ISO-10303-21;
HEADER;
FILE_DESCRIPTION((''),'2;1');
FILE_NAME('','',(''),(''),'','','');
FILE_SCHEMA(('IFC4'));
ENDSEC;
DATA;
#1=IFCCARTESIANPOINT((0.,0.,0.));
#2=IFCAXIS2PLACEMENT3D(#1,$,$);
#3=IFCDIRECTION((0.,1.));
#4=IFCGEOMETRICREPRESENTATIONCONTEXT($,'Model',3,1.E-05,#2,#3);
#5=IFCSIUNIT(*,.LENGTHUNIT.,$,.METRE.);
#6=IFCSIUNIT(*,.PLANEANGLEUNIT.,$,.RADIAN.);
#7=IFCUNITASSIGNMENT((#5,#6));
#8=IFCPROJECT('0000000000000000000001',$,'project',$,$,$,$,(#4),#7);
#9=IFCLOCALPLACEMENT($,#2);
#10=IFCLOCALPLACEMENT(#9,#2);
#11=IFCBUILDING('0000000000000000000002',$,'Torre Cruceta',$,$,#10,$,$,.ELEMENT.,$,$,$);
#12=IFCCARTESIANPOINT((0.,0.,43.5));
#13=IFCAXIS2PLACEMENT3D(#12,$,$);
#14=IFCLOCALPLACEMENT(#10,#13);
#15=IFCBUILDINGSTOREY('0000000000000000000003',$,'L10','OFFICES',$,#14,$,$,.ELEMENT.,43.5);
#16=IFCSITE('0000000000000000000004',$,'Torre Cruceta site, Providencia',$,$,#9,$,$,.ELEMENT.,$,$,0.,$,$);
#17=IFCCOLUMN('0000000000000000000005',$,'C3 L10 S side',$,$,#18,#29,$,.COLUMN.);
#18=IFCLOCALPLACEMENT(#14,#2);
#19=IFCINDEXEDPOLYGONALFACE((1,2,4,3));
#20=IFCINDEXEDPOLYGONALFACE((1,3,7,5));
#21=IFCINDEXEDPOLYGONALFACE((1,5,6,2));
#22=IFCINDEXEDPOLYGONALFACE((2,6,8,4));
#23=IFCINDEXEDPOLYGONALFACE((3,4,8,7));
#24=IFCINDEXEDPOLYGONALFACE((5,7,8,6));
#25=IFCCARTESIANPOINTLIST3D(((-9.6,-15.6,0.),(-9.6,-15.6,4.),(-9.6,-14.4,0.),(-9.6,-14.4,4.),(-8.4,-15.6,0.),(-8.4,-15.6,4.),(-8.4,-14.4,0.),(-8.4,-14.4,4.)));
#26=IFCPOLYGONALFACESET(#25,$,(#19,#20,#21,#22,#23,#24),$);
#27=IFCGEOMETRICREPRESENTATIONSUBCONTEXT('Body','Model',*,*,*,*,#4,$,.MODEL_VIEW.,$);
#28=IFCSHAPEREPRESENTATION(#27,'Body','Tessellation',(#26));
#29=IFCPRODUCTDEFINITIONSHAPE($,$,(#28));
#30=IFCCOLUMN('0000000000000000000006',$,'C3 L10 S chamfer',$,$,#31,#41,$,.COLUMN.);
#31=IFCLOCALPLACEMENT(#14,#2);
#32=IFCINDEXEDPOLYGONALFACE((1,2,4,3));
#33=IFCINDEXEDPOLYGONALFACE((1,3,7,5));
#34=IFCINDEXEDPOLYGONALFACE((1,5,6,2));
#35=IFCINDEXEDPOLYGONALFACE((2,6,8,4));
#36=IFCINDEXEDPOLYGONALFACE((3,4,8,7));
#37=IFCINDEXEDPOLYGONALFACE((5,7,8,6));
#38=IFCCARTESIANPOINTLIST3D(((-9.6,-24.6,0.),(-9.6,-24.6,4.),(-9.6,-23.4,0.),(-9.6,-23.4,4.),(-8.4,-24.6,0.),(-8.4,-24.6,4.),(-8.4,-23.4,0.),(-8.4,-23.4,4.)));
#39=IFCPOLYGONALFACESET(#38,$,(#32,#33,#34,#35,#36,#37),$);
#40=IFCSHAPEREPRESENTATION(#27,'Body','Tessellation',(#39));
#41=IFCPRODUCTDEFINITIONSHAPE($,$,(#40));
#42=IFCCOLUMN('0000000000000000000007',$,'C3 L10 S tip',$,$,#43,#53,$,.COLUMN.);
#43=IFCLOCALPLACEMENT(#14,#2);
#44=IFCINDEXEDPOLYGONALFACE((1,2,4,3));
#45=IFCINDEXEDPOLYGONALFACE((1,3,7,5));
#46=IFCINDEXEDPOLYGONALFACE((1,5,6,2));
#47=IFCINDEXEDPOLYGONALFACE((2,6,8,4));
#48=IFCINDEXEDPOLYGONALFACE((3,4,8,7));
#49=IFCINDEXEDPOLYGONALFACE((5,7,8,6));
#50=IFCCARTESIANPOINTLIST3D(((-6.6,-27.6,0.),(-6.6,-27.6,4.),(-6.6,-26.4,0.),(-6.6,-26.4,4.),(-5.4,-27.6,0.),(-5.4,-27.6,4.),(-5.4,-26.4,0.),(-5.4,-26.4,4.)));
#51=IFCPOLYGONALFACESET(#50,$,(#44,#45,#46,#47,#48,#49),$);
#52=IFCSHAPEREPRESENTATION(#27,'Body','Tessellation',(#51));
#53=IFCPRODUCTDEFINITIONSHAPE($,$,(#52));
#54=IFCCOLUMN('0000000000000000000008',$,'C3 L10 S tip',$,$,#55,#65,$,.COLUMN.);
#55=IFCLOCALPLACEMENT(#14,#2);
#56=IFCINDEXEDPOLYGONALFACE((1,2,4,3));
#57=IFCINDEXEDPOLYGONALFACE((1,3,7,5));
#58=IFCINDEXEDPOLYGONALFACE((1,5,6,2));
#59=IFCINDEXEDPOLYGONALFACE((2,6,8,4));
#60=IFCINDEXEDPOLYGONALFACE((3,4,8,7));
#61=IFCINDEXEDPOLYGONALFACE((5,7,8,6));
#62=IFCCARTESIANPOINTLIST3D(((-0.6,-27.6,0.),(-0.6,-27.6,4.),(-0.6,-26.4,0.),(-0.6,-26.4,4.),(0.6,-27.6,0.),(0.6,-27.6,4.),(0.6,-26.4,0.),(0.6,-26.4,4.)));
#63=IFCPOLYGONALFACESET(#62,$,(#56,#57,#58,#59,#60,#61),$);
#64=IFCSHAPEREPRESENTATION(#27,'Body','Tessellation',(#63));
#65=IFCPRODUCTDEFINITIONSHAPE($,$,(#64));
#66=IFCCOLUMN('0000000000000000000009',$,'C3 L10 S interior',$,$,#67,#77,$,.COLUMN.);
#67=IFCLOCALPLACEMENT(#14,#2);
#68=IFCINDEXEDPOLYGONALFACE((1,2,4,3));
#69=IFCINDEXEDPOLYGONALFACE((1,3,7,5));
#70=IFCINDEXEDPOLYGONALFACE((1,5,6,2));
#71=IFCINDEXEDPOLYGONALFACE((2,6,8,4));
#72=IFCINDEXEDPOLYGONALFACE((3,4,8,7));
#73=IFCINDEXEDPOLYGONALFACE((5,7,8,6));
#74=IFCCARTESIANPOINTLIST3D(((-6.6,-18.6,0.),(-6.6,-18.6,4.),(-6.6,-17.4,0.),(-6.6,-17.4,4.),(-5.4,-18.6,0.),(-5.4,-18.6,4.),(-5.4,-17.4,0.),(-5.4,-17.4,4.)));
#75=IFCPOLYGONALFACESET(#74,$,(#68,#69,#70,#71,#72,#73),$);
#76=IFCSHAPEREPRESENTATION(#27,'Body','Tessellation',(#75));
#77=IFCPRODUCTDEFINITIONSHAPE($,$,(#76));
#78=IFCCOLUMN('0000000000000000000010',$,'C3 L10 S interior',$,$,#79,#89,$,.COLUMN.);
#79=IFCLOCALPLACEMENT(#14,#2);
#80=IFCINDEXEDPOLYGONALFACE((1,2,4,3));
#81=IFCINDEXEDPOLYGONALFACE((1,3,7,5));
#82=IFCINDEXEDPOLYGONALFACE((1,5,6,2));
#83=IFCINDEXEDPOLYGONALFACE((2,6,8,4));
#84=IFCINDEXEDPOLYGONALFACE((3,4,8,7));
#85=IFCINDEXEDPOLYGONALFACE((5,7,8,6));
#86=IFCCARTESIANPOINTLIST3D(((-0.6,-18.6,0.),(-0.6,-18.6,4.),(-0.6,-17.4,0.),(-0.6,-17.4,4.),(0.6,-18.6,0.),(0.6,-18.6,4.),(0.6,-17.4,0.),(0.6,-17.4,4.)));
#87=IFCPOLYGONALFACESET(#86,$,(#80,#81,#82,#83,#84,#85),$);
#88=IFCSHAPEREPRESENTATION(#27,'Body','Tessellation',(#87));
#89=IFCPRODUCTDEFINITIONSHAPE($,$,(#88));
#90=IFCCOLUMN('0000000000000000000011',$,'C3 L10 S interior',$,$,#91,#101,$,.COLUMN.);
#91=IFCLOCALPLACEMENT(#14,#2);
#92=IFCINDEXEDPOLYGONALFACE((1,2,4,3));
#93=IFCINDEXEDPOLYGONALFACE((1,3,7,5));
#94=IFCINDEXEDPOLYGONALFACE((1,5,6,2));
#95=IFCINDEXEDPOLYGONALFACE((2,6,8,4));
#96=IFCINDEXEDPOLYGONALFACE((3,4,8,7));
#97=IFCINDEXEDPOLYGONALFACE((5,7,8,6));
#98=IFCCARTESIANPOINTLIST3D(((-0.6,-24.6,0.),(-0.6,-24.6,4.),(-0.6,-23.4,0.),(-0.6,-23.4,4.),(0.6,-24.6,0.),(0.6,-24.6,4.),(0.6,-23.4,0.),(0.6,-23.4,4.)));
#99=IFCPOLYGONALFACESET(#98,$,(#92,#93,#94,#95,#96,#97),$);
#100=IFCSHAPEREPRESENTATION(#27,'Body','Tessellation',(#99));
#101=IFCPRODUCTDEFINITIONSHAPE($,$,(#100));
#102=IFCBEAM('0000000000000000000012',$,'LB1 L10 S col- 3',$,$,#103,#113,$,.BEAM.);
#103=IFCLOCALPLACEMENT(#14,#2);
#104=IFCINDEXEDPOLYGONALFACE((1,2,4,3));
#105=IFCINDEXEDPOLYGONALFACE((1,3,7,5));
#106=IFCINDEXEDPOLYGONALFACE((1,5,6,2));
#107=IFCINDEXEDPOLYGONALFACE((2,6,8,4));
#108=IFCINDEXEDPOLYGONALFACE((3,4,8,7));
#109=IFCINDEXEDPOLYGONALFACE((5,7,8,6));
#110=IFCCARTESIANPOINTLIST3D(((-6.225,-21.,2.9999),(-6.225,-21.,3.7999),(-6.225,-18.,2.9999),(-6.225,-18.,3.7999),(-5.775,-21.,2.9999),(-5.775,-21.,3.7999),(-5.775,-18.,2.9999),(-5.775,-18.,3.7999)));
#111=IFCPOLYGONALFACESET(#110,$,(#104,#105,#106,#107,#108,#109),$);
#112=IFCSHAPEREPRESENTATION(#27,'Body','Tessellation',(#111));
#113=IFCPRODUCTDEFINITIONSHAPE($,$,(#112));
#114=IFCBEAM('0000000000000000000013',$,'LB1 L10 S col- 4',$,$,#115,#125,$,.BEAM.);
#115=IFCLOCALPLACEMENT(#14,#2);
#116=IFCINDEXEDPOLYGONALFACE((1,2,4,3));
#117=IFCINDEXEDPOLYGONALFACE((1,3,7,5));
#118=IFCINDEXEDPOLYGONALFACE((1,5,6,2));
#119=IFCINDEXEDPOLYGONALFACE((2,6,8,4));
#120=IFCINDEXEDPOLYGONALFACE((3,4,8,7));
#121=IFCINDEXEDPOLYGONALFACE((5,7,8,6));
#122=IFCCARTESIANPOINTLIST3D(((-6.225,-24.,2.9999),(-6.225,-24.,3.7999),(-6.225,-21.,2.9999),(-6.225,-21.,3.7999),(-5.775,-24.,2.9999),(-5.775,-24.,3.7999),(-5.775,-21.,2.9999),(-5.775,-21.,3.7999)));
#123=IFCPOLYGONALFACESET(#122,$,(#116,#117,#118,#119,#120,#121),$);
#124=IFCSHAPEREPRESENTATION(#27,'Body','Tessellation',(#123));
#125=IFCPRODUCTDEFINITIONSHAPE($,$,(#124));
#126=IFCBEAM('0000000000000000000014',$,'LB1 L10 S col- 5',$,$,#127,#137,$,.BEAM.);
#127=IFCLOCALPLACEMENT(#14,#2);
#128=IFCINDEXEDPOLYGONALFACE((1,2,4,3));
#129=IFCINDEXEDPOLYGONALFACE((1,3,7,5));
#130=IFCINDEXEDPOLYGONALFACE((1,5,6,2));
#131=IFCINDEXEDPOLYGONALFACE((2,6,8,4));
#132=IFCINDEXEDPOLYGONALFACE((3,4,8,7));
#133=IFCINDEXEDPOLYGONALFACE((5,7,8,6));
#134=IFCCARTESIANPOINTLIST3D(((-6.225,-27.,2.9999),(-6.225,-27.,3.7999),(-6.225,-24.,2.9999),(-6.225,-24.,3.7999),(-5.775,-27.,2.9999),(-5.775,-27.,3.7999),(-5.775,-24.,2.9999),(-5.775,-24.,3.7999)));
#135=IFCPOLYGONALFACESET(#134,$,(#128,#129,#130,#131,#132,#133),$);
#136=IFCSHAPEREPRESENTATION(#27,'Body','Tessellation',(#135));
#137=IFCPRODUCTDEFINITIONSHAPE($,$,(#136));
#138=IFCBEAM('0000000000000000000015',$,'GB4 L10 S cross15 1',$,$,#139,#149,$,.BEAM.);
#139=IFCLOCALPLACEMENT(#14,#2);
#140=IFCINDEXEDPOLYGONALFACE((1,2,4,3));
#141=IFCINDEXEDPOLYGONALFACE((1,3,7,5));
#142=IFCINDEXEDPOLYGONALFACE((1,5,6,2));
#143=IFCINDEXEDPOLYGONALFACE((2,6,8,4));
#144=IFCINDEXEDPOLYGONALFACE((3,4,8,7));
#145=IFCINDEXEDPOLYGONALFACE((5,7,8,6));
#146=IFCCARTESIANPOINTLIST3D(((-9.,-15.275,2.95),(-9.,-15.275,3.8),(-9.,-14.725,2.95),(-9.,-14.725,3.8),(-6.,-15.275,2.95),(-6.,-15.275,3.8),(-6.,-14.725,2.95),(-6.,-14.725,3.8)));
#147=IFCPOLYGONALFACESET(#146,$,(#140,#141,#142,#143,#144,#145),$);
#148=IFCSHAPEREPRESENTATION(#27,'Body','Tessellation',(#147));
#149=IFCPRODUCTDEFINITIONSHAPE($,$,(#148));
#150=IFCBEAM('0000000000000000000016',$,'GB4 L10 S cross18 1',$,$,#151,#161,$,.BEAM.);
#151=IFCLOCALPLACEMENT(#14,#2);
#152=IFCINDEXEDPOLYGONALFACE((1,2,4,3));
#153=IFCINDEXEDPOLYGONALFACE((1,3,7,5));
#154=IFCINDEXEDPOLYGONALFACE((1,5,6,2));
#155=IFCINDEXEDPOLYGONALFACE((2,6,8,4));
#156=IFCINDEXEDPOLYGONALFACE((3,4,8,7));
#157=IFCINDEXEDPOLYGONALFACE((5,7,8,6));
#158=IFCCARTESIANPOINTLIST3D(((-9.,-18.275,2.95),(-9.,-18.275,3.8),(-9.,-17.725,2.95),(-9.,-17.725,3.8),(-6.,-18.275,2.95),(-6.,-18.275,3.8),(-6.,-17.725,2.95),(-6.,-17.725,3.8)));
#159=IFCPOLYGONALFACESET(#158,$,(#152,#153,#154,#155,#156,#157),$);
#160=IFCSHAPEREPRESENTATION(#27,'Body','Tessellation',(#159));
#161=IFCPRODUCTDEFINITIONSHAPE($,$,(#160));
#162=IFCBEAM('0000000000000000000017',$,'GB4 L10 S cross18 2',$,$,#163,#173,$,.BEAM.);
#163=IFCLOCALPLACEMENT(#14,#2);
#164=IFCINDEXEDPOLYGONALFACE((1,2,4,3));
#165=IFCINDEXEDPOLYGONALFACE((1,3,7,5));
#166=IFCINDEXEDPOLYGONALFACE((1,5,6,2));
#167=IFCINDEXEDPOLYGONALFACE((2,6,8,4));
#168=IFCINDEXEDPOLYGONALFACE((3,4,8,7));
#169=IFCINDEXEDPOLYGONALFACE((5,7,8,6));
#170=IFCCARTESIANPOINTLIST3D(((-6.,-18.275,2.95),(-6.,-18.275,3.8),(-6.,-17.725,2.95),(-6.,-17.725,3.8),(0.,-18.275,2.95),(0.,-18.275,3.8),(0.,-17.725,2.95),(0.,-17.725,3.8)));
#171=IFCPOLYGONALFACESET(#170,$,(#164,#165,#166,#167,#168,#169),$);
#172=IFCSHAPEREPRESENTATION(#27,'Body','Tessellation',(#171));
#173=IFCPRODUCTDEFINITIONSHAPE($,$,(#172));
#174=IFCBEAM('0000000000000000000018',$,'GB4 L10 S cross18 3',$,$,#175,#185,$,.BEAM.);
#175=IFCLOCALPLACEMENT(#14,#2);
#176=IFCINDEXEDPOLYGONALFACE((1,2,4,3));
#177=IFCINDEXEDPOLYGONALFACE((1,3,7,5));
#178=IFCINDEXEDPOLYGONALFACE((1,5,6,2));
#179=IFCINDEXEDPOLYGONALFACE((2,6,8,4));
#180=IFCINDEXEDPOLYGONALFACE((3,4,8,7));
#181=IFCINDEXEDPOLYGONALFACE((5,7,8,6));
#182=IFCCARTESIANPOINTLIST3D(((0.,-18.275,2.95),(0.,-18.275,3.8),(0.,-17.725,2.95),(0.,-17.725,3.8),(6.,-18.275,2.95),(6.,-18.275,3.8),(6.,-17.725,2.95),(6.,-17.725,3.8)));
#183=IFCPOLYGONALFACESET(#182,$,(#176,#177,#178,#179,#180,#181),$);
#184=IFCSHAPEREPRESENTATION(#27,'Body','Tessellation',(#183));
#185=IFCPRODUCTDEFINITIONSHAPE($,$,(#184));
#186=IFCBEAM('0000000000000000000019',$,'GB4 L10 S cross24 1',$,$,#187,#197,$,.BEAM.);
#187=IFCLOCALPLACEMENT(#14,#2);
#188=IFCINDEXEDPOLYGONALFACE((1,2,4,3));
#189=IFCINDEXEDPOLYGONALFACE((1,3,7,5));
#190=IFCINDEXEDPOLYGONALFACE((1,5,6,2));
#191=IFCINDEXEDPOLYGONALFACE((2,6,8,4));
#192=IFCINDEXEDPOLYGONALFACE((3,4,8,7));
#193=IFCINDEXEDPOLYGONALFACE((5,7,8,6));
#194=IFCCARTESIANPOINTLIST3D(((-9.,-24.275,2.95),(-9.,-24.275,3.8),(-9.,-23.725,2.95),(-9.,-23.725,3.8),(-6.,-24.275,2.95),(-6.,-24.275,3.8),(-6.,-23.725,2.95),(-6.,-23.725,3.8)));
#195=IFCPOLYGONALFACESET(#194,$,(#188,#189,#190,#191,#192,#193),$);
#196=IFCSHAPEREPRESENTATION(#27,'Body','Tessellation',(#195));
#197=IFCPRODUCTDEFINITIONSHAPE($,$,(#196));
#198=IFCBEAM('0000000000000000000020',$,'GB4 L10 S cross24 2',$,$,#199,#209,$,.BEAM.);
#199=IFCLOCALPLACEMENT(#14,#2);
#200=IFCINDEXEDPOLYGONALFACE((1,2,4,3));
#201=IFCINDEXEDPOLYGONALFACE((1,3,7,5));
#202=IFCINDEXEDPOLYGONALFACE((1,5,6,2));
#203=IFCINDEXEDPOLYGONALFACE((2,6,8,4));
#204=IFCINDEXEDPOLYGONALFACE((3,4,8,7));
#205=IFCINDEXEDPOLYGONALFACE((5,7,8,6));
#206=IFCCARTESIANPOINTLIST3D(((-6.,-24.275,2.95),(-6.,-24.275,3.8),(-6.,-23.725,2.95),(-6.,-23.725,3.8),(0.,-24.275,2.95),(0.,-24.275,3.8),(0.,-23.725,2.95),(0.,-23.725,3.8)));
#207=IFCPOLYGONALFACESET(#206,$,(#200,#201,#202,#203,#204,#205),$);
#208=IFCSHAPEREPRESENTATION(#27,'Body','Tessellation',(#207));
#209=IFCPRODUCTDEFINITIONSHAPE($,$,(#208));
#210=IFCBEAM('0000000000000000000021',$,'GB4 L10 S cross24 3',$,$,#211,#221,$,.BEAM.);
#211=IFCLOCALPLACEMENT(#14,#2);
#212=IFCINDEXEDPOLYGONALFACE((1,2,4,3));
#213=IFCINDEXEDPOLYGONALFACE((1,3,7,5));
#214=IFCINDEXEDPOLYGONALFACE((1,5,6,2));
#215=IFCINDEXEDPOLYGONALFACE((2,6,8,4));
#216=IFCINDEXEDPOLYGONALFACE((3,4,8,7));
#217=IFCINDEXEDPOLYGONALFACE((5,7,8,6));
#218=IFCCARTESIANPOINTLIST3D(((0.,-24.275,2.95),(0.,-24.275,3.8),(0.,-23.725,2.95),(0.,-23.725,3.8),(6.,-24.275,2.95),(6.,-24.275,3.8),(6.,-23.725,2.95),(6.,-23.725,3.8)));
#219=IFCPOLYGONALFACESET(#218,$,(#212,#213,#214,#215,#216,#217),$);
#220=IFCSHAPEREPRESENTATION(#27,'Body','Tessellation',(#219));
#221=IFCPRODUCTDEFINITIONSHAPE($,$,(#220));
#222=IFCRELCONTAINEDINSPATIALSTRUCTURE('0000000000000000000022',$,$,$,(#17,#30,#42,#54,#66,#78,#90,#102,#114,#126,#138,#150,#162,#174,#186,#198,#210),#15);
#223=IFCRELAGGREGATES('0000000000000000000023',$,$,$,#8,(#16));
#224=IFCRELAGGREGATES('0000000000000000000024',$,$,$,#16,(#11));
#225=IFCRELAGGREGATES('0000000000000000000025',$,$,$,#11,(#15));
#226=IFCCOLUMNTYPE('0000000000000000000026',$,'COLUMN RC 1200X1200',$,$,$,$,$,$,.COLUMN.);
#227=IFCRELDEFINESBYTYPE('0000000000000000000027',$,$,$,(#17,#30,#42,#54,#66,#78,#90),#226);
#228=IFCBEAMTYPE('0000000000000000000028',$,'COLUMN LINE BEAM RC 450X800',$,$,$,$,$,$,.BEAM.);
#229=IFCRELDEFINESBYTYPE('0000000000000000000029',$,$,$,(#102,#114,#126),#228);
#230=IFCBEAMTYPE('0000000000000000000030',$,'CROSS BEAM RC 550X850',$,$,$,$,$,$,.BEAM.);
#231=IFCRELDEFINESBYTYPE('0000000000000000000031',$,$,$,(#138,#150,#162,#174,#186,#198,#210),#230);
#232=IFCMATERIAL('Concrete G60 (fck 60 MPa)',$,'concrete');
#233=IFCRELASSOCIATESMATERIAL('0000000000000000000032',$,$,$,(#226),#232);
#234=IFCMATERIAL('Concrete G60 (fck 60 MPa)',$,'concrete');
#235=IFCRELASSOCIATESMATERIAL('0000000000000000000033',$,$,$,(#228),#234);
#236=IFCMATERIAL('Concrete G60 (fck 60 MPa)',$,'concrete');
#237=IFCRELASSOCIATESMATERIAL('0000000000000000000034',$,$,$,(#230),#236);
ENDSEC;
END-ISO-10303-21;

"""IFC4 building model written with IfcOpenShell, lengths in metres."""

from ifc_helpers import new_model, si_unit, direction, frame, origin, origin_2d, place, context, subcontext, project, spatial, rectangle, extrude, material, material_profile, profile_set, type_object, element, save


model = new_model("IFC4")

# Units and contexts
model_context = context("Model", 3, precision=1e-05, world=origin(), true_north=direction((0.0, 1.0)))
body_context = subcontext(model_context, "Body", "Model", "MODEL_VIEW")
ifc_project = project(units=[si_unit("LENGTHUNIT", "METRE"), si_unit("PLANEANGLEUNIT", "RADIAN")], contexts=[model_context])

# Site, building, storey
site_placement = place(None, origin())
site = spatial("IfcSite", under=ifc_project, at=site_placement, Name="Torre Cruceta site, Providencia", CompositionType="ELEMENT", RefElevation=0.0)
building_placement = place(site_placement, origin())
building = spatial("IfcBuilding", under=site, at=building_placement, Name="Torre Cruceta", CompositionType="ELEMENT")
storey_placement = place(building_placement, frame((0.0, 0.0, 43.5)))
storey = spatial("IfcBuildingStorey", under=building, at=storey_placement, Name="L10", Description="OFFICES", CompositionType="ELEMENT", Elevation=43.5)

# Columns
ifc_material_1 = material(Name="Concrete G60 (fck 60 MPa)", Category="concrete")
ifc_material_profile_1 = material_profile(ifc_material_1, rectangle(XDim=1.2, YDim=1.2, at=origin_2d()), Name="RC 1200X1200")
ifc_profile_set_1 = profile_set([ifc_material_profile_1], Name="Concrete G60 (fck 60 MPa)")
column_type = type_object("IfcColumnType", Name="COLUMN RC 1200X1200", PredefinedType="COLUMN", material=ifc_profile_set_1)
for number, where, z_axis, x_axis, name in (
    (1, (-9.0, -15.0, 0.0), (0.0, 0.0, 1.0), (1.0, 0.0, 0.0), "C3 L10 S side"),
    (2, (-9.0, -24.0, 0.0), (0.0, 0.0, 1.0), (1.0, 0.0, 0.0), "C3 L10 S chamfer"),
    (3, (-6.0, -27.0, 0.0), (0.0, 0.0, 1.0), (1.0, 0.0, 0.0), "C3 L10 S tip"),
    (4, (0.0, -27.0, 0.0), (0.0, 0.0, 1.0), (1.0, 0.0, 0.0), "C3 L10 S tip"),
    (5, (-6.0, -18.0, 0.0), (0.0, 0.0, 1.0), (1.0, 0.0, 0.0), "C3 L10 S interior"),
    (6, (0.0, -18.0, 0.0), (0.0, 0.0, 1.0), (1.0, 0.0, 0.0), "C3 L10 S interior"),
    (7, (0.0, -24.0, 0.0), (0.0, 0.0, 1.0), (1.0, 0.0, 0.0), "C3 L10 S interior"),
):
    element("IfcColumn", number, at=place(storey_placement, frame(where, z_axis=z_axis, x_axis=x_axis)), inside=storey, type_object=column_type, Name=name, PredefinedType="COLUMN", context=body_context, shape_type="SweptSolid", body=[
        extrude(rectangle(XDim=1.2, YDim=1.2, at=origin_2d()), origin(), (0.0, 0.0, 1.0), 4.0),
    ])

# Beams
ifc_material_2 = material(Name="Concrete G60 (fck 60 MPa)", Category="concrete")
ifc_material_profile_2 = material_profile(ifc_material_2, rectangle(XDim=0.45, YDim=0.8, at=origin_2d()), Name="RC 450X800")
ifc_profile_set_2 = profile_set([ifc_material_profile_2], Name="Concrete G60 (fck 60 MPa)")
beam_type_1 = type_object("IfcBeamType", Name="COLUMN LINE BEAM RC 450X800", PredefinedType="BEAM", material=ifc_profile_set_2)
for number, where, z_axis, x_axis, name in (
    (8, (-6.0, -18.0, 3.3999), (0.0, -1.0, 0.0), (1.0, 0.0, 0.0), "LB1 L10 S col- 3"),
    (9, (-6.0, -21.0, 3.3999), (0.0, -1.0, 0.0), (1.0, 0.0, 0.0), "LB1 L10 S col- 4"),
    (10, (-6.0, -24.0, 3.3999), (0.0, -1.0, 0.0), (1.0, 0.0, 0.0), "LB1 L10 S col- 5"),
):
    element("IfcBeam", number, at=place(storey_placement, frame(where, z_axis=z_axis, x_axis=x_axis)), inside=storey, type_object=beam_type_1, Name=name, PredefinedType="BEAM", context=body_context, shape_type="SweptSolid", body=[
        extrude(rectangle(XDim=0.45, YDim=0.8, at=origin_2d()), origin(), (0.0, 0.0, 1.0), 3.0),
    ])
ifc_material_3 = material(Name="Concrete G60 (fck 60 MPa)", Category="concrete")
ifc_material_profile_3 = material_profile(ifc_material_3, rectangle(XDim=0.55, YDim=0.8501, at=origin_2d()), Name="RC 550X850")
ifc_profile_set_3 = profile_set([ifc_material_profile_3], Name="Concrete G60 (fck 60 MPa)")
beam_type_2 = type_object("IfcBeamType", Name="CROSS BEAM RC 550X850", PredefinedType="BEAM", material=ifc_profile_set_3)
for number, where, z_axis, x_axis, name in (
    (11, (-9.0, -15.0, 3.375), (1.0, 0.0, 0.0), (0.0, 1.0, 0.0), "GB4 L10 S cross15 1"),
    (12, (-9.0, -18.0, 3.375), (1.0, 0.0, 0.0), (0.0, 1.0, 0.0), "GB4 L10 S cross18 1"),
):
    element("IfcBeam", number, at=place(storey_placement, frame(where, z_axis=z_axis, x_axis=x_axis)), inside=storey, type_object=beam_type_2, Name=name, PredefinedType="BEAM", context=body_context, shape_type="SweptSolid", body=[
        extrude(rectangle(XDim=0.55, YDim=0.8501, at=origin_2d()), origin(), (0.0, 0.0, 1.0), 3.0),
    ])
for number, where, z_axis, x_axis, name in (
    (13, (-6.0, -18.0, 3.375), (1.0, 0.0, 0.0), (0.0, 1.0, 0.0), "GB4 L10 S cross18 2"),
    (14, (0.0, -18.0, 3.375), (1.0, 0.0, 0.0), (0.0, 1.0, 0.0), "GB4 L10 S cross18 3"),
):
    element("IfcBeam", number, at=place(storey_placement, frame(where, z_axis=z_axis, x_axis=x_axis)), inside=storey, type_object=beam_type_2, Name=name, PredefinedType="BEAM", context=body_context, shape_type="SweptSolid", body=[
        extrude(rectangle(XDim=0.55, YDim=0.8501, at=origin_2d()), origin(), (0.0, 0.0, 1.0), 6.0),
    ])
beam_1_placement = place(storey_placement, frame((-9.0, -24.0, 3.375), z_axis=(1.0, 0.0, 0.0), x_axis=(0.0, 1.0, 0.0)))
element("IfcBeam", 15, at=beam_1_placement, inside=storey, type_object=beam_type_2, Name="GB4 L10 S cross24 1", PredefinedType="BEAM", context=body_context, shape_type="SweptSolid", body=[
    extrude(rectangle(XDim=0.55, YDim=0.8501, at=origin_2d()), origin(), (0.0, 0.0, 1.0), 3.0),
])
for number, where, z_axis, x_axis, name in (
    (16, (-6.0, -24.0, 3.375), (1.0, 0.0, 0.0), (0.0, 1.0, 0.0), "GB4 L10 S cross24 2"),
    (17, (0.0, -24.0, 3.375), (1.0, 0.0, 0.0), (0.0, 1.0, 0.0), "GB4 L10 S cross24 3"),
):
    element("IfcBeam", number, at=place(storey_placement, frame(where, z_axis=z_axis, x_axis=x_axis)), inside=storey, type_object=beam_type_2, Name=name, PredefinedType="BEAM", context=body_context, shape_type="SweptSolid", body=[
        extrude(rectangle(XDim=0.55, YDim=0.8501, at=origin_2d()), origin(), (0.0, 0.0, 1.0), 6.0),
    ])

save(model, "model.ifc")
